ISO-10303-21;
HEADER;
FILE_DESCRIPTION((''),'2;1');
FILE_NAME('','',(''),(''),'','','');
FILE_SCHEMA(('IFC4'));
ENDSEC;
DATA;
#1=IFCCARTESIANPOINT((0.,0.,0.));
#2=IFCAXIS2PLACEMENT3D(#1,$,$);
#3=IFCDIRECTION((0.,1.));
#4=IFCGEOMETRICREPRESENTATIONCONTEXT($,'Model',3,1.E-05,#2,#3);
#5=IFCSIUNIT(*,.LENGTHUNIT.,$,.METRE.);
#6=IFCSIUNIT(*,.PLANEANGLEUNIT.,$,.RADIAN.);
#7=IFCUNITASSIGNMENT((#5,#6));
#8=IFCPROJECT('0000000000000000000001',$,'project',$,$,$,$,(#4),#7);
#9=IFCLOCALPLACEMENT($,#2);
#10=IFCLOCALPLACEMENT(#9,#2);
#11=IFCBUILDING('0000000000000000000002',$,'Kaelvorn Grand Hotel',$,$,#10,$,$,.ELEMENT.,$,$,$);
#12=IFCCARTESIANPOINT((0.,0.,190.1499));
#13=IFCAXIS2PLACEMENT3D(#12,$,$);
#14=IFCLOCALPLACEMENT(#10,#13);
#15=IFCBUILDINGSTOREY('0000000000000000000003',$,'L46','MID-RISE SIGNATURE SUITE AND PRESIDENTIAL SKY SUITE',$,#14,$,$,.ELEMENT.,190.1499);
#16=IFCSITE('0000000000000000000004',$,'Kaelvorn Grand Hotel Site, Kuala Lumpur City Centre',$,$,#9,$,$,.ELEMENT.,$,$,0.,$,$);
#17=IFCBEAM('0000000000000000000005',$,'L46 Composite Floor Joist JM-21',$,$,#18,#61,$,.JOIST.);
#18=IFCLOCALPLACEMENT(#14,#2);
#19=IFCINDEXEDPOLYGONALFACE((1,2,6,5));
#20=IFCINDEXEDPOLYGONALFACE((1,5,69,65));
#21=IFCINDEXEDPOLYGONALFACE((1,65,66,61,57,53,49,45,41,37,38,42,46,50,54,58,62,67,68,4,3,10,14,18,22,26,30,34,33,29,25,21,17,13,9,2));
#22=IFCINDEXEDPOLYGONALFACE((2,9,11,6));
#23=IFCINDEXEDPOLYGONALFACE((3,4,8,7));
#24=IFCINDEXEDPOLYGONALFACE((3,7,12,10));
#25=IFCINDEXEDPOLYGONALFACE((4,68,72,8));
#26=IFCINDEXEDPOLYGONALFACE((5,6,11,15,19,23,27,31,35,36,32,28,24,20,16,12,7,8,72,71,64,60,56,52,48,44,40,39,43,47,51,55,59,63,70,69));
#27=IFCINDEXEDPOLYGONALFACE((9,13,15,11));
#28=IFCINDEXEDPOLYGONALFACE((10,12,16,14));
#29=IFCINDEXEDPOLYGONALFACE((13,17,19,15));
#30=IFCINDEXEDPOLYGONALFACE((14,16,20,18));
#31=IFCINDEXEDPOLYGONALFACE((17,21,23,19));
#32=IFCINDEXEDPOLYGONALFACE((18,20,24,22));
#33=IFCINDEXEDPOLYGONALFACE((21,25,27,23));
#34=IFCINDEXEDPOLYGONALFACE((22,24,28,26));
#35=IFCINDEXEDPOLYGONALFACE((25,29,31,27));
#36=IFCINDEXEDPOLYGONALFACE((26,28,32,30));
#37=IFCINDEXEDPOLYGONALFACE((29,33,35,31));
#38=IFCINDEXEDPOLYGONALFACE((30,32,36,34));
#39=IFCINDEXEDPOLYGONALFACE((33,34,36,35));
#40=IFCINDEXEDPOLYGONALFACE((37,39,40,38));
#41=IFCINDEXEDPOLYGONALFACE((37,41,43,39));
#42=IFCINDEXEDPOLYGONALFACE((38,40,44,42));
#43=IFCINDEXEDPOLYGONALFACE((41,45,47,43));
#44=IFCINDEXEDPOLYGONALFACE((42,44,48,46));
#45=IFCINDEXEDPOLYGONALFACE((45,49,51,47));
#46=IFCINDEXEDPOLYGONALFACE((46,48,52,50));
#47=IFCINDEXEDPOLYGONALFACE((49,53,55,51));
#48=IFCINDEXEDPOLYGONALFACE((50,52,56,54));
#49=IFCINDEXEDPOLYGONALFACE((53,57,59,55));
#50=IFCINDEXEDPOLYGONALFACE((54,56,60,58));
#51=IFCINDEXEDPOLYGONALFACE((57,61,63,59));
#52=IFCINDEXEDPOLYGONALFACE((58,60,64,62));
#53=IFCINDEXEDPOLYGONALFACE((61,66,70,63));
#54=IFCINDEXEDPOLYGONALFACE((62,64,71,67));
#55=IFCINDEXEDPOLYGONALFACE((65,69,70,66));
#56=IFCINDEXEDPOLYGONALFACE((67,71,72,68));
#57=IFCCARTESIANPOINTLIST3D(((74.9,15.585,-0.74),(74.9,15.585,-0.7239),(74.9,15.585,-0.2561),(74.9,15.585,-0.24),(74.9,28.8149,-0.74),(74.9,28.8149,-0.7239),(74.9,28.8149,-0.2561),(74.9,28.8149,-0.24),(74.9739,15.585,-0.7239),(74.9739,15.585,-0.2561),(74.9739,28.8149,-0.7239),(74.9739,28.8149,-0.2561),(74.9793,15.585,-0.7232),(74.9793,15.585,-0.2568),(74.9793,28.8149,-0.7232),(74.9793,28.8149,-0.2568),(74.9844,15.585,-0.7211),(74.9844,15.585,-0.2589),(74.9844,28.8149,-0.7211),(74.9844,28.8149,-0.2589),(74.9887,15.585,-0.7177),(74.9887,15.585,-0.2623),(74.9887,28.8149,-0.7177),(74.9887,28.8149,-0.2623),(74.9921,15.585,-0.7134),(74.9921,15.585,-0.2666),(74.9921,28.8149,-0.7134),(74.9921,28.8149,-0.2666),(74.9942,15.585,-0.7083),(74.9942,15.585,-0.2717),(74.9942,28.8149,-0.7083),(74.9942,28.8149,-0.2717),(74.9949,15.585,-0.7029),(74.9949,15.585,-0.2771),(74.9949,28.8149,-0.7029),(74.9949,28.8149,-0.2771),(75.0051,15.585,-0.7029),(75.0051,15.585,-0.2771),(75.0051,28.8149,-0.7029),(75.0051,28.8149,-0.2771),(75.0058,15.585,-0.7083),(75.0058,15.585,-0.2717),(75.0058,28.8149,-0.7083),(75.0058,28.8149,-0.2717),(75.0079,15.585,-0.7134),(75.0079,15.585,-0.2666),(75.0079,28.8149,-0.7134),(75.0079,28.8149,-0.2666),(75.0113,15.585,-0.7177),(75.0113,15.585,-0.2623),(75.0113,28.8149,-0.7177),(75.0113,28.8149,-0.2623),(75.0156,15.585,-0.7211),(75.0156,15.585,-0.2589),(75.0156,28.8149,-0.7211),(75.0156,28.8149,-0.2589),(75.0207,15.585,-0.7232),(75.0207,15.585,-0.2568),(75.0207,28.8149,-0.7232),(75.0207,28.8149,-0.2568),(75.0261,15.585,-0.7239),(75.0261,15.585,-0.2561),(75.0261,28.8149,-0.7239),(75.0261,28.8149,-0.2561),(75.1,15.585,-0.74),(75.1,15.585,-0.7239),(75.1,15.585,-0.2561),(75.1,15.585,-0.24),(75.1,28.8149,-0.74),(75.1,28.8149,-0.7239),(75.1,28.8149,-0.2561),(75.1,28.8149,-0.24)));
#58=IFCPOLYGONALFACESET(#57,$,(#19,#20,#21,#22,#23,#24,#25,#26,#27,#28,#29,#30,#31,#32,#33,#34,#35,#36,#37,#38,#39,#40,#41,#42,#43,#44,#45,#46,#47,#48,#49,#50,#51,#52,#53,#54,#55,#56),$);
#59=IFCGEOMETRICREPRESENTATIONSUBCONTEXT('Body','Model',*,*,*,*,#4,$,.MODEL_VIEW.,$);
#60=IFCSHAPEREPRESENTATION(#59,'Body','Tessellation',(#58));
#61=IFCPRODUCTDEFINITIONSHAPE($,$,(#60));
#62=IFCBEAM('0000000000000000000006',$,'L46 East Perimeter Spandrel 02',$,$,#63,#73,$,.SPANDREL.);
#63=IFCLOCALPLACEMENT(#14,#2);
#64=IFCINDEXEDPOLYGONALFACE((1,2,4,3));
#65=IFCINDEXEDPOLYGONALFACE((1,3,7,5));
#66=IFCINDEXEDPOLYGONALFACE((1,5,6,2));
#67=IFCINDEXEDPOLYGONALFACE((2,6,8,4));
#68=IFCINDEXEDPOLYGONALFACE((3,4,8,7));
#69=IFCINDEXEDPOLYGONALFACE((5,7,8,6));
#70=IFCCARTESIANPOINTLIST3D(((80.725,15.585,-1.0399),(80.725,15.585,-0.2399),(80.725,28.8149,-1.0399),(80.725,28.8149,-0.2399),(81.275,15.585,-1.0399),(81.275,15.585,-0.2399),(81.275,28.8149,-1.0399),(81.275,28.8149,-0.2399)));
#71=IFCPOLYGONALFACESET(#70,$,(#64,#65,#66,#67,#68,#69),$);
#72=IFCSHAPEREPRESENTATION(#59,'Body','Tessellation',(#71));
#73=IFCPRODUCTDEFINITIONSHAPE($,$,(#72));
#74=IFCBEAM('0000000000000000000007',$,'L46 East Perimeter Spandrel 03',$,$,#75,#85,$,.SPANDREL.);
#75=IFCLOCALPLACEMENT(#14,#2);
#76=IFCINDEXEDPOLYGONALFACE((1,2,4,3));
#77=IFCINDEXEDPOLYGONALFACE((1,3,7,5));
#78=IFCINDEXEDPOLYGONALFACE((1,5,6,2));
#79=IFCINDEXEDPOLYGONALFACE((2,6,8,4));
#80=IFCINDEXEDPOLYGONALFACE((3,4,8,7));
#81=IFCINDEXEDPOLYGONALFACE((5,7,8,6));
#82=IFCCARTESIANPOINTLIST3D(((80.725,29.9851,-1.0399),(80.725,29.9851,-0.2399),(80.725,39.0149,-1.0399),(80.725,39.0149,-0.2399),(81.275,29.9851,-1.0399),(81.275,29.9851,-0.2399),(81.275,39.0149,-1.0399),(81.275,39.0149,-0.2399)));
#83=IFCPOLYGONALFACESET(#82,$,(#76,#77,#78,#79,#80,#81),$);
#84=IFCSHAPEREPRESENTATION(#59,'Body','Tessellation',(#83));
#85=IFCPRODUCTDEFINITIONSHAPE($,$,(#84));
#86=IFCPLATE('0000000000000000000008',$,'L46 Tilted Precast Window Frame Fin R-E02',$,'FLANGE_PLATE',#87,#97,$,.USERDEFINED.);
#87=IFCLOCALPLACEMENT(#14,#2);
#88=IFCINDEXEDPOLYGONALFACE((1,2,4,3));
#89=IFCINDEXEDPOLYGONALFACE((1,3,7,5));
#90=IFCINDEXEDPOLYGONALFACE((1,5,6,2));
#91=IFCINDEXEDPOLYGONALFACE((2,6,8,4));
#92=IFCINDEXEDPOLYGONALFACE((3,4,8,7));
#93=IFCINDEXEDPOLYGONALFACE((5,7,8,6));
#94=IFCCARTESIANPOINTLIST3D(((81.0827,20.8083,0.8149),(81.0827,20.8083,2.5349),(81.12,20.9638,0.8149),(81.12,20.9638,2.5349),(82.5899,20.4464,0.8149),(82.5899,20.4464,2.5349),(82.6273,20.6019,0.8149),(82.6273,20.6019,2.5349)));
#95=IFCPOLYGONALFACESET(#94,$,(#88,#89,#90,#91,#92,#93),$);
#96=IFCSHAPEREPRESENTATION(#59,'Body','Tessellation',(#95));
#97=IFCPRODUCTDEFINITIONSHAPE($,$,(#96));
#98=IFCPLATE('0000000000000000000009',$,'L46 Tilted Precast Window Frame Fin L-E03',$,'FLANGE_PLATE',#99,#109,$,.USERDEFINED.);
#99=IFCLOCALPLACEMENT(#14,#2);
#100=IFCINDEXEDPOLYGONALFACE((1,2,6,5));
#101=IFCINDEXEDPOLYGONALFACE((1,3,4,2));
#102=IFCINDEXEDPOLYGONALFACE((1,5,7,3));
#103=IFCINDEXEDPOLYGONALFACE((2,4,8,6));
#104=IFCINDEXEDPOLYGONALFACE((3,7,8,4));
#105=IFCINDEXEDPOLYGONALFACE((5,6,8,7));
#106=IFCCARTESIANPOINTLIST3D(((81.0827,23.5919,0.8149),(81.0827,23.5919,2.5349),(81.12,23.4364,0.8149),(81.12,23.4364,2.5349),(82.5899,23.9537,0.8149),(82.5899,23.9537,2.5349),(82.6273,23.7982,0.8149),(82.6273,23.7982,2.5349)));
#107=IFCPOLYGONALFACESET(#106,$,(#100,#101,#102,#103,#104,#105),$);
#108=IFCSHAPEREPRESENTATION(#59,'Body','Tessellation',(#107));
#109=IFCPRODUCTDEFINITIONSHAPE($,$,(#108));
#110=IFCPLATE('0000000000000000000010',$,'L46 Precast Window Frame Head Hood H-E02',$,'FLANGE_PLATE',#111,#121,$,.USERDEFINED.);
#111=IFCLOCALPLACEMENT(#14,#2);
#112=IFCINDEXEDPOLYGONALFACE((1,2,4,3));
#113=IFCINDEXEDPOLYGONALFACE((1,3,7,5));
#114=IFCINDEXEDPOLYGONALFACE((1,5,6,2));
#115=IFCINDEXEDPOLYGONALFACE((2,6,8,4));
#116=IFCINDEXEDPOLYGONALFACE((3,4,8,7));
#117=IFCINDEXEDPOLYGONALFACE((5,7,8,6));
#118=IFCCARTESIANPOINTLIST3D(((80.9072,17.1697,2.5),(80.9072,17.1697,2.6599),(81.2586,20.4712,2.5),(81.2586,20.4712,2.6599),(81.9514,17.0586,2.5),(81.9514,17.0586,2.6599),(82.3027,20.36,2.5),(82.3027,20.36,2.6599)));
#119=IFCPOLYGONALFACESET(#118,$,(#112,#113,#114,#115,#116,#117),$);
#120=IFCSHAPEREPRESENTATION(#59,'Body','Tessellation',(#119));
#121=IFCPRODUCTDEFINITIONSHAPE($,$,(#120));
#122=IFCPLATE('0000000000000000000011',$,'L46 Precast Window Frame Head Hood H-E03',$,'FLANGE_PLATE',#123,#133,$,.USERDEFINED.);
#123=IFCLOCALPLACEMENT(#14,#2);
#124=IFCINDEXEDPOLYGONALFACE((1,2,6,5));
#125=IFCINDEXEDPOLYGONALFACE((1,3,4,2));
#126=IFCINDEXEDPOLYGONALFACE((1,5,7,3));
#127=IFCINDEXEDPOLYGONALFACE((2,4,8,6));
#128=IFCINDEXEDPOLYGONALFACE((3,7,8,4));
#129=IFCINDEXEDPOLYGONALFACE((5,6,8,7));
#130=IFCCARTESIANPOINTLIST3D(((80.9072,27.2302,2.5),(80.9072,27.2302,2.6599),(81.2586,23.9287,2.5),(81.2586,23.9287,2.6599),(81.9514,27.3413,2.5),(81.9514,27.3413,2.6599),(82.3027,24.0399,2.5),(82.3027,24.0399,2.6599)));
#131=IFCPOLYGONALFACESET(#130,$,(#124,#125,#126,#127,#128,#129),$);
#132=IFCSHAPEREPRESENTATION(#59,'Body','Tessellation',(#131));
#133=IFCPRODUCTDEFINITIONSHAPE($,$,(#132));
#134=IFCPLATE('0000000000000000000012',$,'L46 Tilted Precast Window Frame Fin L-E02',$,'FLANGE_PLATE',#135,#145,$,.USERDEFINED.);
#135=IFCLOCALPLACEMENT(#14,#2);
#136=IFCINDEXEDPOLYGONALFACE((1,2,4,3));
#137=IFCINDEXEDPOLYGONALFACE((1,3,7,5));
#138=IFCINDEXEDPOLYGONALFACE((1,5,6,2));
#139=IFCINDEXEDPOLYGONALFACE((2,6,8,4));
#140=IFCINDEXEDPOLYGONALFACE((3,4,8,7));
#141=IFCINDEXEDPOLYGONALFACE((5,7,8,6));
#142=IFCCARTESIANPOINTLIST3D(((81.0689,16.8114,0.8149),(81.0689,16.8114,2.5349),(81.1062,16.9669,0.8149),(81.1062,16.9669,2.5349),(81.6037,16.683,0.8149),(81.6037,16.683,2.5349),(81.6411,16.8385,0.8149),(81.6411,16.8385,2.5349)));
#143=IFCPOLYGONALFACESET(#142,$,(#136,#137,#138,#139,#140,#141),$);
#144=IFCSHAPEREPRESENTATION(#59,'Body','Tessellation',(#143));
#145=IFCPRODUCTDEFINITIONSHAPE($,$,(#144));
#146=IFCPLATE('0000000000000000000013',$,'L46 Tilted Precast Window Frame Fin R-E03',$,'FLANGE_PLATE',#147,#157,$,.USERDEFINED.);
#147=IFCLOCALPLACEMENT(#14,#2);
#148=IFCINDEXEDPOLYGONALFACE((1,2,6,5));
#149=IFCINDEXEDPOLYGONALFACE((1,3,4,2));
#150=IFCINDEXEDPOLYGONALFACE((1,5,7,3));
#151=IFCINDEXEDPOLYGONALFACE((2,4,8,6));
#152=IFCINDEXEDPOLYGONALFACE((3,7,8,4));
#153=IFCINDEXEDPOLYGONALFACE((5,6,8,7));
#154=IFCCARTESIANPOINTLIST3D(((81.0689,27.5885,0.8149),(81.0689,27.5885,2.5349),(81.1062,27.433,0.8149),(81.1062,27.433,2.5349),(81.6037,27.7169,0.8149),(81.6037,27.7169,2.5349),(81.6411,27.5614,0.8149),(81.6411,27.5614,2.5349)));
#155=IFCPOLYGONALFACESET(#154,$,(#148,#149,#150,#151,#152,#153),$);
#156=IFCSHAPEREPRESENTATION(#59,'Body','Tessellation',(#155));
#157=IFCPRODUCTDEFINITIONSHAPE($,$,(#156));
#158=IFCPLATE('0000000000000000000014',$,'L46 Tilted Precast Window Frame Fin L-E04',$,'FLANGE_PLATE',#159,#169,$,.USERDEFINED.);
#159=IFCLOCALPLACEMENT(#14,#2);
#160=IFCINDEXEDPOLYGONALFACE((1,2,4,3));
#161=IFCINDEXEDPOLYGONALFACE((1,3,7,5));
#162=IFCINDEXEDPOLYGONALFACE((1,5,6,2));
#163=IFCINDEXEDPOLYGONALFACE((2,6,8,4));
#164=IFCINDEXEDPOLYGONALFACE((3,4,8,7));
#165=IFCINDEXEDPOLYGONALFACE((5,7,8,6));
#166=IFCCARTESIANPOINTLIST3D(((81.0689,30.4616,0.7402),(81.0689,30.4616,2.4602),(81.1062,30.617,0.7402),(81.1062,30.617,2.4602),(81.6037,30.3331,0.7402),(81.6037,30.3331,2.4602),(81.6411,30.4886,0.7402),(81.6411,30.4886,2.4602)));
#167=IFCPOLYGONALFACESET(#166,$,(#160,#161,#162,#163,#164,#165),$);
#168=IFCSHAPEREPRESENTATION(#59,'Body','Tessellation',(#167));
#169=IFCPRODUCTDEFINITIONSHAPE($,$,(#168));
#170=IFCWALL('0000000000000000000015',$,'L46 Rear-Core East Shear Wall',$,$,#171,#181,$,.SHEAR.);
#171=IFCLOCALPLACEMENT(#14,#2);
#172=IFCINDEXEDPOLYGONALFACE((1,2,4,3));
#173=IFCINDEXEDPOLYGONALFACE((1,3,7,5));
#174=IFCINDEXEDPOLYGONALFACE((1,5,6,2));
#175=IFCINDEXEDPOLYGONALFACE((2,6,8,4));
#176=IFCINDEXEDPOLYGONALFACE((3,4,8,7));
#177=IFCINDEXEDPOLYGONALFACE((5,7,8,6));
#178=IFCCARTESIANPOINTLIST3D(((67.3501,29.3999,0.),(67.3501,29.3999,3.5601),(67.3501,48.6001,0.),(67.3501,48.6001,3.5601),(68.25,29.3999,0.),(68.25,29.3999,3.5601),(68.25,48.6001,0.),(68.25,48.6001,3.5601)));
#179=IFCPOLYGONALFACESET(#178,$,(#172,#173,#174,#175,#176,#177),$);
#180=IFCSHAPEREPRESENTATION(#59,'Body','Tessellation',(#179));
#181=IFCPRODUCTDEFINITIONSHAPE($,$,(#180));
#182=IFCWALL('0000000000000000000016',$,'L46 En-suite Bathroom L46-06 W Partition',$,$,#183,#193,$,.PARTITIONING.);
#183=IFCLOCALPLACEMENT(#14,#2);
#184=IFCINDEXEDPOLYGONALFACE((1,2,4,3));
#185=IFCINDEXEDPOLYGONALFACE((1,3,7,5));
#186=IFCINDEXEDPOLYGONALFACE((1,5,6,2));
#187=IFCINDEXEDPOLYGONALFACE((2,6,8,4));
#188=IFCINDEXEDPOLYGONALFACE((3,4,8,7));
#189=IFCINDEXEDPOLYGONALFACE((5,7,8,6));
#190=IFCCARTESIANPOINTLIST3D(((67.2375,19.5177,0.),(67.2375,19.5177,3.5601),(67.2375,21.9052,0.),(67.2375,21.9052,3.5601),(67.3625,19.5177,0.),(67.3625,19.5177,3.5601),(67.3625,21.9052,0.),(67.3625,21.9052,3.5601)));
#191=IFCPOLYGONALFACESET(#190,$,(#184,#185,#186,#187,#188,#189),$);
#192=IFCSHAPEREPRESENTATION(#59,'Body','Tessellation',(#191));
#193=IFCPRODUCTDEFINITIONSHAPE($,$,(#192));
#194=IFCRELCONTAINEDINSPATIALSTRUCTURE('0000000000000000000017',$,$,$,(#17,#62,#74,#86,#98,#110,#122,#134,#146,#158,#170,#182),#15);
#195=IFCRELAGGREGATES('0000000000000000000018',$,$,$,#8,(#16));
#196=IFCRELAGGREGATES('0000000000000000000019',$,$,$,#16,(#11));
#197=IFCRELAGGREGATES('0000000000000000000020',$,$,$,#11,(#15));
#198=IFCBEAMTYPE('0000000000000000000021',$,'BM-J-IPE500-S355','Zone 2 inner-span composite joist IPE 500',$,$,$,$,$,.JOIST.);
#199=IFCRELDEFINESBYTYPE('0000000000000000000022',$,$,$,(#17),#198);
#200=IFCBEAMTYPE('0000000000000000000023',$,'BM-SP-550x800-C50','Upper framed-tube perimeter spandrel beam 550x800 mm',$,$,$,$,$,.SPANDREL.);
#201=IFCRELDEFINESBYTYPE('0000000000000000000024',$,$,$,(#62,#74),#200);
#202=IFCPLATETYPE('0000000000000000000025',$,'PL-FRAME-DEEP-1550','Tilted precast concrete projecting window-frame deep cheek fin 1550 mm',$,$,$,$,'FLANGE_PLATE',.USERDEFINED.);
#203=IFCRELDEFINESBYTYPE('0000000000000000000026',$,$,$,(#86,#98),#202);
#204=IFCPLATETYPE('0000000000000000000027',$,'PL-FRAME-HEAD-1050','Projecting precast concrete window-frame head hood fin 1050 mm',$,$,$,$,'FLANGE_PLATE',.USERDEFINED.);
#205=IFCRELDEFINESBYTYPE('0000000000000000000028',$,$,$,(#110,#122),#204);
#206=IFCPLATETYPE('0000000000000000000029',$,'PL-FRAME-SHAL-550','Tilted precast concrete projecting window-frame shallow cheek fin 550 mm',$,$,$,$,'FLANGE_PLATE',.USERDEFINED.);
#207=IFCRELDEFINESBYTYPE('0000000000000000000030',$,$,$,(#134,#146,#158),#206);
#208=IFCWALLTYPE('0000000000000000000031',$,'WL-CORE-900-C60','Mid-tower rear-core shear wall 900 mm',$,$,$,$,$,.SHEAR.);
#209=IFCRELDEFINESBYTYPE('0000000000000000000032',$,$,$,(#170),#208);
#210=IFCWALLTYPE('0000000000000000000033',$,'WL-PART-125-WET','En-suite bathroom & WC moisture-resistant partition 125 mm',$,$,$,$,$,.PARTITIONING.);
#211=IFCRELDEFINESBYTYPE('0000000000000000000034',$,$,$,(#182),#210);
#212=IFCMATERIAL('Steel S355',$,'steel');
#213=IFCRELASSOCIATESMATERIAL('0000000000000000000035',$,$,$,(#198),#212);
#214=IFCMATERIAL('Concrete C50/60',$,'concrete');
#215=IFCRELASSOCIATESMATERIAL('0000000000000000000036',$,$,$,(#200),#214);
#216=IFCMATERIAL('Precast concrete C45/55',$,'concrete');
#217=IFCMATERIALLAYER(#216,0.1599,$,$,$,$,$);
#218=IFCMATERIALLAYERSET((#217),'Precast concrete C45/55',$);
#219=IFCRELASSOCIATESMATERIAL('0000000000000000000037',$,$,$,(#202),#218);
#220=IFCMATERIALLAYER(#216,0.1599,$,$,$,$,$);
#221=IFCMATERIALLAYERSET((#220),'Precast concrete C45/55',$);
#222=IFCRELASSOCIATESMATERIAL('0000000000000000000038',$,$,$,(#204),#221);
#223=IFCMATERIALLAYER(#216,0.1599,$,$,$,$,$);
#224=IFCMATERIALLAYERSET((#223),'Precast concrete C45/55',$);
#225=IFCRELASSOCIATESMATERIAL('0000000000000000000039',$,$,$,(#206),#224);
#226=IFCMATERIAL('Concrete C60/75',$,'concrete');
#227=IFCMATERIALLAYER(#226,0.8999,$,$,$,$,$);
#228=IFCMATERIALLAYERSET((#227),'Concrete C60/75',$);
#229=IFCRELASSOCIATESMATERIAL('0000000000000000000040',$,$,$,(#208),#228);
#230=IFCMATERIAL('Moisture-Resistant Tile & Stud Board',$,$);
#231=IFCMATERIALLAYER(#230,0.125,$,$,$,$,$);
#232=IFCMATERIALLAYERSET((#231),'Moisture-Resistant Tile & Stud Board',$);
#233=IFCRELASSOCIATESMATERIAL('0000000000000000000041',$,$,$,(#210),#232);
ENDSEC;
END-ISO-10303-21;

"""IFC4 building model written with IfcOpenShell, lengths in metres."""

from ifc_helpers import new_model, si_unit, direction, frame, frame_2d, origin, origin_2d, place, context, subcontext, project, spatial, rectangle, i_section, extrude, material, layer, layer_set, material_profile, profile_set, type_object, element, save


model = new_model("IFC4")

# Units and contexts
model_context = context("Model", 3, precision=1e-05, world=origin(), true_north=direction((0.0, 1.0)))
body_context = subcontext(model_context, "Body", "Model", "MODEL_VIEW")
ifc_project = project(units=[si_unit("LENGTHUNIT", "METRE"), si_unit("PLANEANGLEUNIT", "RADIAN")], contexts=[model_context])

# Site, building, storey
site_placement = place(None, origin())
site = spatial("IfcSite", under=ifc_project, at=site_placement, Name="Kaelvorn Grand Hotel Site, Kuala Lumpur City Centre", CompositionType="ELEMENT", RefElevation=0.0)
building_placement = place(site_placement, origin())
building = spatial("IfcBuilding", under=site, at=building_placement, Name="Kaelvorn Grand Hotel", CompositionType="ELEMENT")
storey_placement = place(building_placement, frame((0.0, 0.0, 190.1499)))
storey = spatial("IfcBuildingStorey", under=building, at=storey_placement, Name="L46", Description="MID-RISE SIGNATURE SUITE AND PRESIDENTIAL SKY SUITE", CompositionType="ELEMENT", Elevation=190.1499)

# Shared definitions
ifc_material_1 = material(Name="Concrete C60/75", Category="concrete")

# Beams
ifc_material_2 = material(Name="Steel S355", Category="steel")
ifc_material_profile_1 = material_profile(ifc_material_2, i_section(OverallWidth=0.2, OverallDepth=0.5, WebThickness=0.0103, FlangeThickness=0.0161, FilletRadius=0.021, at=origin_2d()), Name="IPE 500")
ifc_profile_set_1 = profile_set([ifc_material_profile_1], Name="Steel S355")
beam_type_1 = type_object("IfcBeamType", Name="BM-J-IPE500-S355", Description="Zone 2 inner-span composite joist IPE 500", PredefinedType="JOIST", material=ifc_profile_set_1)
for number, where, z_axis, x_axis, name in (
    (1, (75.0, 15.585, -0.49), (0.0, 1.0, 0.0), (-1.0, 0.0, 0.0), "L46 Composite Floor Joist JM-21"),
):
    element("IfcBeam", number, at=place(storey_placement, frame(where, z_axis=z_axis, x_axis=x_axis)), inside=storey, type_object=beam_type_1, Name=name, PredefinedType="JOIST", context=body_context, shape_type="SweptSolid", body=[
        extrude(i_section(OverallWidth=0.2, OverallDepth=0.5, WebThickness=0.0103, FlangeThickness=0.0161, FilletRadius=0.021, at=origin_2d()), origin(), (0.0, 0.0, 1.0), 13.23),
    ])
ifc_material_3 = material(Name="Concrete C50/60", Category="concrete")
ifc_material_profile_2 = material_profile(ifc_material_3, rectangle(XDim=0.55, YDim=0.8, at=origin_2d()), Name="RC SPANDREL 550x800")
ifc_profile_set_2 = profile_set([ifc_material_profile_2], Name="Concrete C50/60")
beam_type_2 = type_object("IfcBeamType", Name="BM-SP-550x800-C50", Description="Upper framed-tube perimeter spandrel beam 550x800 mm", PredefinedType="SPANDREL", material=ifc_profile_set_2)
beam_1_placement = place(storey_placement, frame((81.0, 15.585, -0.6399), z_axis=(0.0, 1.0, 0.0), x_axis=(-1.0, 0.0, 0.0)))
element("IfcBeam", 2, at=beam_1_placement, inside=storey, type_object=beam_type_2, Name="L46 East Perimeter Spandrel 02", PredefinedType="SPANDREL", context=body_context, shape_type="SweptSolid", body=[
    extrude(rectangle(XDim=0.55, YDim=0.8, at=origin_2d()), origin(), (0.0, 0.0, 1.0), 13.23),
])
beam_2_placement = place(storey_placement, frame((81.0, 29.9851, -0.6399), z_axis=(0.0, 1.0, 0.0), x_axis=(-1.0, 0.0, 0.0)))
element("IfcBeam", 3, at=beam_2_placement, inside=storey, type_object=beam_type_2, Name="L46 East Perimeter Spandrel 03", PredefinedType="SPANDREL", context=body_context, shape_type="SweptSolid", body=[
    extrude(rectangle(XDim=0.55, YDim=0.8, at=origin_2d()), origin(), (0.0, 0.0, 1.0), 9.0298),
])

# Plates
ifc_material_4 = material(Name="Precast concrete C45/55", Category="concrete")
ifc_layer_1 = layer(ifc_material_4, 0.1599)
ifc_layer_set_1 = layer_set([ifc_layer_1], Name="Precast concrete C45/55")
plate_type_1 = type_object("IfcPlateType", Name="PL-FRAME-DEEP-1550", Description="Tilted precast concrete projecting window-frame deep cheek fin 1550 mm", ElementType="FLANGE_PLATE", PredefinedType="USERDEFINED", material=ifc_layer_set_1)
for number, where, z_axis, x_axis, name in (
    (4, (81.855, 20.7051, 0.8149), (0.0, 0.0, 1.0), (0.233445, 0.97237, 0.0), "L46 Tilted Precast Window Frame Fin R-E02"),
    (5, (81.855, 23.6951, 0.8149), (0.0, 0.0, 1.0), (-0.233445, 0.97237, 0.0), "L46 Tilted Precast Window Frame Fin L-E03"),
):
    element("IfcPlate", number, at=place(storey_placement, frame(where, z_axis=z_axis, x_axis=x_axis)), inside=storey, type_object=plate_type_1, Name=name, ObjectType="FLANGE_PLATE", PredefinedType="USERDEFINED", context=body_context, shape_type="SweptSolid", body=[
        extrude(rectangle(XDim=0.1599, YDim=1.55, at=origin_2d()), origin(), (0.0, 0.0, 1.0), 1.72),
    ])
ifc_layer_2 = layer(ifc_material_4, 0.1599)
ifc_layer_set_2 = layer_set([ifc_layer_2], Name="Precast concrete C45/55")
plate_type_2 = type_object("IfcPlateType", Name="PL-FRAME-HEAD-1050", Description="Projecting precast concrete window-frame head hood fin 1050 mm", ElementType="FLANGE_PLATE", PredefinedType="USERDEFINED", material=ifc_layer_set_2)
for number, where, z_axis, x_axis, name in (
    (6, (81.605, 18.7649, 2.5), (0.0, 0.0, 1.0), (0.10583, 0.994384, 0.0), "L46 Precast Window Frame Head Hood H-E02"),
    (7, (81.605, 25.635, 2.5), (0.0, 0.0, 1.0), (-0.10583, 0.994384, 0.0), "L46 Precast Window Frame Head Hood H-E03"),
):
    element("IfcPlate", number, at=place(storey_placement, frame(where, z_axis=z_axis, x_axis=x_axis)), inside=storey, type_object=plate_type_2, Name=name, ObjectType="FLANGE_PLATE", PredefinedType="USERDEFINED", context=body_context, shape_type="SweptSolid", body=[
        extrude(rectangle(XDim=3.3201, YDim=1.05, at=origin_2d()), origin(), (0.0, 0.0, 1.0), 0.1599),
    ])
ifc_layer_3 = layer(ifc_material_4, 0.1599)
ifc_layer_set_3 = layer_set([ifc_layer_3], Name="Precast concrete C45/55")
plate_type_3 = type_object("IfcPlateType", Name="PL-FRAME-SHAL-550", Description="Tilted precast concrete projecting window-frame shallow cheek fin 550 mm", ElementType="FLANGE_PLATE", PredefinedType="USERDEFINED", material=ifc_layer_set_3)
for number, where, z_axis, x_axis, name in (
    (8, (81.355, 16.825, 0.8149), (0.0, 0.0, 1.0), (0.233445, 0.97237, 0.0), "L46 Tilted Precast Window Frame Fin L-E02"),
    (9, (81.355, 27.575, 0.8149), (0.0, 0.0, 1.0), (-0.233445, 0.97237, 0.0), "L46 Tilted Precast Window Frame Fin R-E03"),
    (10, (81.355, 30.4751, 0.7402), (0.0, 0.0, 1.0), (0.233445, 0.97237, 0.0), "L46 Tilted Precast Window Frame Fin L-E04"),
):
    element("IfcPlate", number, at=place(storey_placement, frame(where, z_axis=z_axis, x_axis=x_axis)), inside=storey, type_object=plate_type_3, Name=name, ObjectType="FLANGE_PLATE", PredefinedType="USERDEFINED", context=body_context, shape_type="SweptSolid", body=[
        extrude(rectangle(XDim=0.1599, YDim=0.55, at=origin_2d()), origin(), (0.0, 0.0, 1.0), 1.72),
    ])

# Walls
ifc_layer_4 = layer(ifc_material_1, 0.8999)
ifc_layer_set_4 = layer_set([ifc_layer_4], Name="Concrete C60/75")
wall_type_1 = type_object("IfcWallType", Name="WL-CORE-900-C60", Description="Mid-tower rear-core shear wall 900 mm", PredefinedType="SHEAR", material=ifc_layer_set_4)
wall_1_placement = place(storey_placement, frame((67.8, 29.3999, 0.0), z_axis=(0.0, 0.0, 1.0), x_axis=(0.0, 1.0, 0.0)))
element("IfcWall", 11, at=wall_1_placement, inside=storey, type_object=wall_type_1, Name="L46 Rear-Core East Shear Wall", PredefinedType="SHEAR", context=body_context, shape_type="SweptSolid", body=[
    extrude(rectangle(XDim=19.2002, YDim=0.8999, at=frame_2d((9.6001, 0.0))), origin(), (0.0, 0.0, 1.0), 3.5601),
])
ifc_material_5 = material(Name="Moisture-Resistant Tile & Stud Board")
ifc_layer_5 = layer(ifc_material_5, 0.125)
ifc_layer_set_5 = layer_set([ifc_layer_5], Name="Moisture-Resistant Tile & Stud Board")
wall_type_2 = type_object("IfcWallType", Name="WL-PART-125-WET", Description="En-suite bathroom & WC moisture-resistant partition 125 mm", PredefinedType="PARTITIONING", material=ifc_layer_set_5)
wall_2_placement = place(storey_placement, frame((67.3, 19.5176, 0.0), z_axis=(0.0, 0.0, 1.0), x_axis=(0.0, 1.0, 0.0)))
element("IfcWall", 12, at=wall_2_placement, inside=storey, type_object=wall_type_2, Name="L46 En-suite Bathroom L46-06 W Partition", PredefinedType="PARTITIONING", context=body_context, shape_type="SweptSolid", body=[
    extrude(rectangle(XDim=2.3875, YDim=0.125, at=frame_2d((1.1938, 0.0))), origin(), (0.0, 0.0, 1.0), 3.5601),
])

save(model, "model.ifc")
